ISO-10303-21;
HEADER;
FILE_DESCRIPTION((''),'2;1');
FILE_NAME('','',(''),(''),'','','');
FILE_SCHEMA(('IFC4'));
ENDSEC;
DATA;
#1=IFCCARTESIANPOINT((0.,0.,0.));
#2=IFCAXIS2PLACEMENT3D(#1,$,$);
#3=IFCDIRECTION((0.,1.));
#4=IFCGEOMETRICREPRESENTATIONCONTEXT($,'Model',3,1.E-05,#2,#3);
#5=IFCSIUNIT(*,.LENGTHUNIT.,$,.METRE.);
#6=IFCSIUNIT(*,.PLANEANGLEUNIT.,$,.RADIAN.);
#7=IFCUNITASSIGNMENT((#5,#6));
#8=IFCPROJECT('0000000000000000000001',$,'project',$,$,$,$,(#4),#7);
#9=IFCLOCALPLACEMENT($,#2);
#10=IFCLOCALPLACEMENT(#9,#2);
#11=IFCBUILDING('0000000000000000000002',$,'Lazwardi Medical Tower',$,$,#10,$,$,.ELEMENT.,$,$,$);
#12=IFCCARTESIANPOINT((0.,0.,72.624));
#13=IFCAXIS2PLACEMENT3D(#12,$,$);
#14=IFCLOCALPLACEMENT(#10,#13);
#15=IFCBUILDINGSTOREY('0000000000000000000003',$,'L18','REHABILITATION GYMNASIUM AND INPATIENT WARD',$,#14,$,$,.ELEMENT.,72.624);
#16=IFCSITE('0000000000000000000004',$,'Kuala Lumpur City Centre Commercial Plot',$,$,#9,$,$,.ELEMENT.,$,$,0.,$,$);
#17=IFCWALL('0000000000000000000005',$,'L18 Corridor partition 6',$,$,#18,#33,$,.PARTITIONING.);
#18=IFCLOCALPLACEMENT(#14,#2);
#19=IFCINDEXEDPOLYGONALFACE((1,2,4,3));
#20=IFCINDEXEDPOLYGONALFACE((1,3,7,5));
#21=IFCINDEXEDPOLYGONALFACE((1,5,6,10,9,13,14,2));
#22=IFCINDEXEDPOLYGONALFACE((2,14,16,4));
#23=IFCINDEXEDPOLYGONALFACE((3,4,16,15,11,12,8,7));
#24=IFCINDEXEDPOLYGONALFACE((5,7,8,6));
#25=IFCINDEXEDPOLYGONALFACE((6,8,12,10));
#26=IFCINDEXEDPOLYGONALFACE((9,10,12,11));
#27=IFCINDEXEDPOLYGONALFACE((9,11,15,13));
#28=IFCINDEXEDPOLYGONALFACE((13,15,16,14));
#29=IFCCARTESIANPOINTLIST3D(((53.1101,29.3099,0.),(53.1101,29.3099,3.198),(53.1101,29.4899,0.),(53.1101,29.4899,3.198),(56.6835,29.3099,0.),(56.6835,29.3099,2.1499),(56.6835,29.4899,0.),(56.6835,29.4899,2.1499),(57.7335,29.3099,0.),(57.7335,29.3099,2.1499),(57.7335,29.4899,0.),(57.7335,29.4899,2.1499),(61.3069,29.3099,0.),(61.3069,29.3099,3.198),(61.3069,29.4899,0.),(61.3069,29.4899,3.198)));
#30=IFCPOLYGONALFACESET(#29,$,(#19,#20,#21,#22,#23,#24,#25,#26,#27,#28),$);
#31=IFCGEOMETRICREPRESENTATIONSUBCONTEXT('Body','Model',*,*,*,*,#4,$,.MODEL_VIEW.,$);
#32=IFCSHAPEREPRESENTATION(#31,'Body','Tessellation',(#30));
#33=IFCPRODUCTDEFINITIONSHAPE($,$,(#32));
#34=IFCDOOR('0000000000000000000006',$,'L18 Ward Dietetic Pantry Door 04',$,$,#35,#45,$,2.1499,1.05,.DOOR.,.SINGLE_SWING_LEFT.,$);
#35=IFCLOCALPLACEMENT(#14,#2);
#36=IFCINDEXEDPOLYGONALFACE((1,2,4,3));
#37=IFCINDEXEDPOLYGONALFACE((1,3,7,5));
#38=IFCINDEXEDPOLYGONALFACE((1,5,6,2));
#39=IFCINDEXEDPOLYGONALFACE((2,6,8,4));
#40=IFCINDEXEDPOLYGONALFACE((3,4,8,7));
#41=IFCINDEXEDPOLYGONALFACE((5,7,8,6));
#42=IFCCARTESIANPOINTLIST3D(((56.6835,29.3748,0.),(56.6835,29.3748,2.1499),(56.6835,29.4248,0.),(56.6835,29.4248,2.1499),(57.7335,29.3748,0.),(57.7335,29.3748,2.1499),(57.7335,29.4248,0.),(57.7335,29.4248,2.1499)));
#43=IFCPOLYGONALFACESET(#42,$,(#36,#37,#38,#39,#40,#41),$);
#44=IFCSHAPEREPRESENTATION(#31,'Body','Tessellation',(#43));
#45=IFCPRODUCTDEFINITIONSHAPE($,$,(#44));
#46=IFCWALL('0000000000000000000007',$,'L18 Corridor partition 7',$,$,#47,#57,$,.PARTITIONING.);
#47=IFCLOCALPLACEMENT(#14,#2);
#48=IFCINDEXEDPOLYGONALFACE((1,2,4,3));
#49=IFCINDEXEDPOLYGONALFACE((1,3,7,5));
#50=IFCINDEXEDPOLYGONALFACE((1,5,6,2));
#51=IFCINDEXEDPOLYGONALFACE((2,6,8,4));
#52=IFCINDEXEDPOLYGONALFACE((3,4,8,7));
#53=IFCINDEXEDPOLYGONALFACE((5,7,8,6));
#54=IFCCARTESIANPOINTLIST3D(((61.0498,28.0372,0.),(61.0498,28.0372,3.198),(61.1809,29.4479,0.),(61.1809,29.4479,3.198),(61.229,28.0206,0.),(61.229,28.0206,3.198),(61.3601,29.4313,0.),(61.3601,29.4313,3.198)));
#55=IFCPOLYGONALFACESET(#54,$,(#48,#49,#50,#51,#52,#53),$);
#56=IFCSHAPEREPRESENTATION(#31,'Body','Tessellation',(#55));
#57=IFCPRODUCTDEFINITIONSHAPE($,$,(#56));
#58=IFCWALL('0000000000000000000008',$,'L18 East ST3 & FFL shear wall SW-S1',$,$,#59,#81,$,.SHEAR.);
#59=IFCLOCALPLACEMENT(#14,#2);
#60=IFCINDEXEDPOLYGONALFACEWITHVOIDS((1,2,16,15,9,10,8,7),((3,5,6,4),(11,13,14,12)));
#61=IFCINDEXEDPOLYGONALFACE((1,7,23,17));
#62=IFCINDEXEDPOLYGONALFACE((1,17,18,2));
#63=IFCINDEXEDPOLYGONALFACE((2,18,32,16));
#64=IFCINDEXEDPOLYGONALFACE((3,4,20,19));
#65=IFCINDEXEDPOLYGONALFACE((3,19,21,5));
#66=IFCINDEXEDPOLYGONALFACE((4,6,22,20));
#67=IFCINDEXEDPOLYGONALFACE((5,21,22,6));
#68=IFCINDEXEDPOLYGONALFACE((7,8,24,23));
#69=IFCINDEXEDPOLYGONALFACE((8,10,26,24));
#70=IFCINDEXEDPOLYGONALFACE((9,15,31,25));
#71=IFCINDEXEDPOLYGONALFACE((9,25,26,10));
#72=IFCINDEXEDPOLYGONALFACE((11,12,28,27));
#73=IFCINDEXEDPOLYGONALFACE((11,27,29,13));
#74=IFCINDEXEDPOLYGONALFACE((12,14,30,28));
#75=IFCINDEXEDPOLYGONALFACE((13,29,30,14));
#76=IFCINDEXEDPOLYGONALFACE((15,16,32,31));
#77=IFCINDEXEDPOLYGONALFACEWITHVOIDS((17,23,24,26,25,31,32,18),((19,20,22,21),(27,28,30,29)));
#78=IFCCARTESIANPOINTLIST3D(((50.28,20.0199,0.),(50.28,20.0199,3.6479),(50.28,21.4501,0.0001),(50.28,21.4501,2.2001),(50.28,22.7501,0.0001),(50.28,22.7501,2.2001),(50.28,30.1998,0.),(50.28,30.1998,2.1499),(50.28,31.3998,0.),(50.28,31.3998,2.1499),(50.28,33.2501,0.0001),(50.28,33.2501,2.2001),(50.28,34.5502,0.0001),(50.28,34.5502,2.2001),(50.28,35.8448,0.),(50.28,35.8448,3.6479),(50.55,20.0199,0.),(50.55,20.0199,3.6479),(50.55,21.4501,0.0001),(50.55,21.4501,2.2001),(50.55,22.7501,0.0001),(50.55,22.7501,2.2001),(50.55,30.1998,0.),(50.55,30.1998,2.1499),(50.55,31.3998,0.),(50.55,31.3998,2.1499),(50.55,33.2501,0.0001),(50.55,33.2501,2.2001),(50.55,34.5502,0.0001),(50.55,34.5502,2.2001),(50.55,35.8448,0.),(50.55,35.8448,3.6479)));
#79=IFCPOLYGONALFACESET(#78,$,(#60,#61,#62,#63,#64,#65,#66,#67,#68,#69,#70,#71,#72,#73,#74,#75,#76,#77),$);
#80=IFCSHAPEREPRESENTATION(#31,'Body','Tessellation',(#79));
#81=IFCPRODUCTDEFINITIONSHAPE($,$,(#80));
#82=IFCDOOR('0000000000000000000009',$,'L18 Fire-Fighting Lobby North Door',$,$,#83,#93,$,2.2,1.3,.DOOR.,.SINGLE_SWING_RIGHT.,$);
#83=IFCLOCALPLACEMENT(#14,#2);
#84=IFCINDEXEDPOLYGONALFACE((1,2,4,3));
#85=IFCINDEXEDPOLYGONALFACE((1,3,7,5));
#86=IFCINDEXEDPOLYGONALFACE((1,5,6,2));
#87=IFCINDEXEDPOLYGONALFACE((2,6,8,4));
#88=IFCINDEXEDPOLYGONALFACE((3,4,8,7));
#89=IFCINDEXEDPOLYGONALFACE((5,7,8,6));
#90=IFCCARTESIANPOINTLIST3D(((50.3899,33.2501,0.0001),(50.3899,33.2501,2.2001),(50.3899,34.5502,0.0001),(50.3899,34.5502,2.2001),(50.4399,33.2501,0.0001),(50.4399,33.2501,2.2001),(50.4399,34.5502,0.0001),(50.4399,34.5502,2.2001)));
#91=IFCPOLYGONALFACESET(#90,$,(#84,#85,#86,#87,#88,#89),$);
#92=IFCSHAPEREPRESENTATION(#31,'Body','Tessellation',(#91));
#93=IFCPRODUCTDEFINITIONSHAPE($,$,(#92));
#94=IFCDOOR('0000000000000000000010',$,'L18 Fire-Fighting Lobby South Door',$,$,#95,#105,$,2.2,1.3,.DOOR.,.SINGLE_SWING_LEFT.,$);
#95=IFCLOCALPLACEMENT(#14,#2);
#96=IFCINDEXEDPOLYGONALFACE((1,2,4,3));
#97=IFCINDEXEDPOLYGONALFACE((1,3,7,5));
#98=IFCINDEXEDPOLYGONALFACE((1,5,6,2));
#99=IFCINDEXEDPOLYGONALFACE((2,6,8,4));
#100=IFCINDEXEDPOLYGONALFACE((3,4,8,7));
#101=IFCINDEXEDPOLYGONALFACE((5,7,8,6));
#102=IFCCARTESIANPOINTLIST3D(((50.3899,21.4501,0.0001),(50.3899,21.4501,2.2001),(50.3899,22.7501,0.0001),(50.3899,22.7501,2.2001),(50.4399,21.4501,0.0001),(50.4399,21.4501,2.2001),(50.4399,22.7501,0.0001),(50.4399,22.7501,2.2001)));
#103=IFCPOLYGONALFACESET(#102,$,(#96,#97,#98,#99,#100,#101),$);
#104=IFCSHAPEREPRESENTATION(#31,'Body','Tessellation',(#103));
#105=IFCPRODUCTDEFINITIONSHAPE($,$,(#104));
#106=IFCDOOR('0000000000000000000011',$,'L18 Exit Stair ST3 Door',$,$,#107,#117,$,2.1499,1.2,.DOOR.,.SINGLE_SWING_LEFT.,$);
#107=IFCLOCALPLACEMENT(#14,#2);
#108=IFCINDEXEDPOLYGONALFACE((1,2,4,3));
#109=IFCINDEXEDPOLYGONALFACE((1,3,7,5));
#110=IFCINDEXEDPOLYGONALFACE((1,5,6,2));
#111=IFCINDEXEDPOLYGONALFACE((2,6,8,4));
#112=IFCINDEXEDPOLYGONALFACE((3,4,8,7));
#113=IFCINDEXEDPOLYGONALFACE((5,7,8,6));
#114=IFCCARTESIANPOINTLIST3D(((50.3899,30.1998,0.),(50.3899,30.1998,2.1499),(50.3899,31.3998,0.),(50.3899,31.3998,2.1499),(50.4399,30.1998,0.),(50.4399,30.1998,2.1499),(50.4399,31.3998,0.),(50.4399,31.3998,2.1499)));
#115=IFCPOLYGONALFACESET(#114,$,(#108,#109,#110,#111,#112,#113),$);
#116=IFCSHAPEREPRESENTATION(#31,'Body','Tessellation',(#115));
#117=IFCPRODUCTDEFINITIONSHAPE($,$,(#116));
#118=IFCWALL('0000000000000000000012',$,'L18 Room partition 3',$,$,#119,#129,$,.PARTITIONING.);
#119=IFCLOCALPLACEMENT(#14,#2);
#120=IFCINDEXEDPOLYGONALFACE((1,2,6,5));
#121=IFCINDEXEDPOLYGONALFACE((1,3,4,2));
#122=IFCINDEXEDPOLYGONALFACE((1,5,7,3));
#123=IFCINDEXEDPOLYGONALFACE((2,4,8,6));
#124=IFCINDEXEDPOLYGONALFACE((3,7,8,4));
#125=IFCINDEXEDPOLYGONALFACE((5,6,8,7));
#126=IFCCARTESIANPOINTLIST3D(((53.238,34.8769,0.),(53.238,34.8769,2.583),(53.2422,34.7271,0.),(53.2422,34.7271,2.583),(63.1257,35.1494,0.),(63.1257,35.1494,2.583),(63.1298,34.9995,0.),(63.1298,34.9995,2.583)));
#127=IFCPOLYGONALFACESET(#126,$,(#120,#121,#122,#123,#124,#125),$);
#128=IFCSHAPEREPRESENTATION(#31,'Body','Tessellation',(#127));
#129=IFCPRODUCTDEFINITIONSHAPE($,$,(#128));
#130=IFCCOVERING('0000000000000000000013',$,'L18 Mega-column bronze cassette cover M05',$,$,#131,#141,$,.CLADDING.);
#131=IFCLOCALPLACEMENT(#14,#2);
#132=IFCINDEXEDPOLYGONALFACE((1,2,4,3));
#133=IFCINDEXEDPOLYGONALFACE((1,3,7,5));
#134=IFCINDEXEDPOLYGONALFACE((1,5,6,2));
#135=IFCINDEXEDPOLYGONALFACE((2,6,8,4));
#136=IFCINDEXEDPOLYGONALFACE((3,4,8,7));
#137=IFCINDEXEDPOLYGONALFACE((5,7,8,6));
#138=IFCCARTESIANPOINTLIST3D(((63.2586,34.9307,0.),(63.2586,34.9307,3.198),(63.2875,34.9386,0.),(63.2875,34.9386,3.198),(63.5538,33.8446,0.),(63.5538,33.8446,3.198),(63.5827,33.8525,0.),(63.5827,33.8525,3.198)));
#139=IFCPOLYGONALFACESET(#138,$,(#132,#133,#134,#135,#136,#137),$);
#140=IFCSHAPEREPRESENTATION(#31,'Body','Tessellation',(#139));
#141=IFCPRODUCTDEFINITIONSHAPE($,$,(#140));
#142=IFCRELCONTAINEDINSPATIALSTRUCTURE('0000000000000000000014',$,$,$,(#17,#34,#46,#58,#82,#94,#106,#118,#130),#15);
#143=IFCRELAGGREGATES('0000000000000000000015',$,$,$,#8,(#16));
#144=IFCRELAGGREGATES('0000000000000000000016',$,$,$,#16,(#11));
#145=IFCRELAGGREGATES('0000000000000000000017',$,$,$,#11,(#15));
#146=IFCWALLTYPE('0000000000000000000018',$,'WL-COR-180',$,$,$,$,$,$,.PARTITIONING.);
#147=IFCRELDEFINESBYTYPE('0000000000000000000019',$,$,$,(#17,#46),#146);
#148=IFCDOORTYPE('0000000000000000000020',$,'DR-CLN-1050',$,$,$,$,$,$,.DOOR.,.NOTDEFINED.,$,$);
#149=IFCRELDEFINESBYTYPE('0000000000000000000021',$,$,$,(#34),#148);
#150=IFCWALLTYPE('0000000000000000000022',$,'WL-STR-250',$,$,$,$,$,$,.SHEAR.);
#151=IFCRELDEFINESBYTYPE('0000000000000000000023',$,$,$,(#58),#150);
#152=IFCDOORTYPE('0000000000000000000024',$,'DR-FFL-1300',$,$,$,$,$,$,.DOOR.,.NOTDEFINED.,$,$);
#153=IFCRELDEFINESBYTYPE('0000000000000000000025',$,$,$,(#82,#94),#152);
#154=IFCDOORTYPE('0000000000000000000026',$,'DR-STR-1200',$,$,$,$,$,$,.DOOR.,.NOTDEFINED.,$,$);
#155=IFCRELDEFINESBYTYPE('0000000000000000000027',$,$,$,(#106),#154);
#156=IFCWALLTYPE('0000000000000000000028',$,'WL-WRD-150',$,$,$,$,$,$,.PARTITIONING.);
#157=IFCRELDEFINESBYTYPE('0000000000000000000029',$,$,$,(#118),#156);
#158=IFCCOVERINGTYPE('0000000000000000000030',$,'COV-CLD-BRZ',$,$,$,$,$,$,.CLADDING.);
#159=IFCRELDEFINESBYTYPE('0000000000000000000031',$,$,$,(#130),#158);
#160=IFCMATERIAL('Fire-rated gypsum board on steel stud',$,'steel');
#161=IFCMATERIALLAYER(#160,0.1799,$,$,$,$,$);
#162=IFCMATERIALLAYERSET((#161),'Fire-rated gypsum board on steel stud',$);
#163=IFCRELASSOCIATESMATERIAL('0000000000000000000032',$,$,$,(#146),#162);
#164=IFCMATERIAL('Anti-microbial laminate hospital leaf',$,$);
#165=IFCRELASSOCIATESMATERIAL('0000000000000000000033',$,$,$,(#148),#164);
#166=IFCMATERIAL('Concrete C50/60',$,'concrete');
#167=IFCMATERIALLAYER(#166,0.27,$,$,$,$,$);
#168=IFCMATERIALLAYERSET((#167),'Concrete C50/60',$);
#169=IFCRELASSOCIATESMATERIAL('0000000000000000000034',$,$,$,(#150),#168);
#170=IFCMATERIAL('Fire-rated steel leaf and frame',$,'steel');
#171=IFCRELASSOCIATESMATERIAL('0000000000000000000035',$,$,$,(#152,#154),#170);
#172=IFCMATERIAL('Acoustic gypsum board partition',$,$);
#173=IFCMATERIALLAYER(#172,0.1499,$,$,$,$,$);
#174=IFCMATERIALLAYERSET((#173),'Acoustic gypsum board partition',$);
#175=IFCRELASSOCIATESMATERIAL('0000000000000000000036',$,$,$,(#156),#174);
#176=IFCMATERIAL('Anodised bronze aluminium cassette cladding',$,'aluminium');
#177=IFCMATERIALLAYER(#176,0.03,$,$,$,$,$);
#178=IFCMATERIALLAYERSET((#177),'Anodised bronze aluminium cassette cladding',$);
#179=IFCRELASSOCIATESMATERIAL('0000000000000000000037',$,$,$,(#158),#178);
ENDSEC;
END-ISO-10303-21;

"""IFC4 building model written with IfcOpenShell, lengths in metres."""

from ifc_helpers import new_model, si_unit, direction, frame, frame_2d, origin, origin_2d, place, context, subcontext, project, spatial, rectangle, extrude, material, layer, layer_set, type_object, element, fill, save


model = new_model("IFC4")

# Units and contexts
model_context = context("Model", 3, precision=1e-05, world=origin(), true_north=direction((0.0, 1.0)))
body_context = subcontext(model_context, "Body", "Model", "MODEL_VIEW")
ifc_project = project(units=[si_unit("LENGTHUNIT", "METRE"), si_unit("PLANEANGLEUNIT", "RADIAN")], contexts=[model_context])

# Site, building, storey
site_placement = place(None, origin())
site = spatial("IfcSite", under=ifc_project, at=site_placement, Name="Kuala Lumpur City Centre Commercial Plot", CompositionType="ELEMENT", RefElevation=0.0)
building_placement = place(site_placement, origin())
building = spatial("IfcBuilding", under=site, at=building_placement, Name="Lazwardi Medical Tower", CompositionType="ELEMENT")
storey_placement = place(building_placement, frame((0.0, 0.0, 72.624)))
storey = spatial("IfcBuildingStorey", under=building, at=storey_placement, Name="L18", Description="REHABILITATION GYMNASIUM AND INPATIENT WARD", CompositionType="ELEMENT", Elevation=72.624)

# Shared definitions
ifc_material_1 = material(Name="Fire-rated gypsum board on steel stud", Category="steel")
ifc_layer_1 = layer(ifc_material_1, 0.1799)
ifc_layer_set_1 = layer_set([ifc_layer_1], Name="Fire-rated gypsum board on steel stud")
wall_type_1 = type_object("IfcWallType", Name="WL-COR-180", PredefinedType="PARTITIONING", material=ifc_layer_set_1)

# Wall, opening, door
wall_1_placement = place(storey_placement, frame((53.1101, 29.3999, 0.0), z_axis=(0.0, 0.0, 1.0), x_axis=(1.0, 0.0, 0.0)))
wall_1 = element("IfcWall", 1, at=wall_1_placement, inside=storey, type_object=wall_type_1, Name="L18 Corridor partition 6", PredefinedType="PARTITIONING", context=body_context, shape_type="SweptSolid", body=[
    extrude(rectangle(XDim=8.1968, YDim=0.1799, at=frame_2d((4.0984, 0.0))), origin(), (0.0, 0.0, 1.0), 3.198),
])
opening_1_placement = place(wall_1_placement, frame((3.5735, 0.0, 0.0)))
opening_1 = element("IfcOpeningElement", 2, at=opening_1_placement, cuts=wall_1, PredefinedType="OPENING", context=body_context, shape_type="SweptSolid", body=[
    extrude(rectangle(XDim=1.05, YDim=2.1499, at=frame_2d((0.5249, 1.075))), frame((0.0, 0.0999, 0.0), z_axis=(0.0, -1.0, 0.0), x_axis=(1.0, 0.0, 0.0)), (0.0, 0.0, 1.0), 0.2),
])
ifc_material_2 = material(Name="Anti-microbial laminate hospital leaf")
door_type_1 = type_object("IfcDoorType", Name="DR-CLN-1050", OperationType="NOTDEFINED", PredefinedType="DOOR", material=ifc_material_2)
door_1_placement = place(opening_1_placement, origin())
door_1 = element("IfcDoor", 3, at=door_1_placement, inside=storey, type_object=door_type_1, Name="L18 Ward Dietetic Pantry Door 04", OperationType="SINGLE_SWING_LEFT", OverallHeight=2.1499, OverallWidth=1.05, PredefinedType="DOOR", context=body_context, shape_type="SweptSolid", body=[
    extrude(rectangle(XDim=1.05, YDim=2.1499, at=frame_2d((0.5249, 1.075))), frame((0.0, 0.0249, 0.0), z_axis=(0.0, -1.0, 0.0), x_axis=(1.0, 0.0, 0.0)), (0.0, 0.0, 1.0), 0.05),
])
fill(opening_1, door_1)

# Wall
wall_2_placement = place(storey_placement, frame((61.2705, 29.4397, 0.0), z_axis=(0.0, 0.0, 1.0), x_axis=(-0.09254, -0.995709, 0.0)))
element("IfcWall", 4, at=wall_2_placement, inside=storey, type_object=wall_type_1, Name="L18 Corridor partition 7", PredefinedType="PARTITIONING", context=body_context, shape_type="SweptSolid", body=[
    extrude(rectangle(XDim=1.4167, YDim=0.1799, at=frame_2d((0.7085, 0.0))), origin(), (0.0, 0.0, 1.0), 3.198),
])

# Wall, openings, doors
ifc_material_3 = material(Name="Concrete C50/60", Category="concrete")
ifc_layer_2 = layer(ifc_material_3, 0.27)
ifc_layer_set_2 = layer_set([ifc_layer_2], Name="Concrete C50/60")
wall_type_2 = type_object("IfcWallType", Name="WL-STR-250", PredefinedType="SHEAR", material=ifc_layer_set_2)
wall_3_placement = place(storey_placement, frame((50.415, 35.845, 0.0), z_axis=(0.0, 0.0, 1.0), x_axis=(0.0, -1.0, 0.0)))
wall_3 = element("IfcWall", 5, at=wall_3_placement, inside=storey, type_object=wall_type_2, Name="L18 East ST3 & FFL shear wall SW-S1", PredefinedType="SHEAR", context=body_context, shape_type="SweptSolid", body=[
    extrude(rectangle(XDim=15.825, YDim=0.27, at=frame_2d((7.9126, 0.0))), origin(), (0.0, 0.0, 1.0), 3.6479),
])
opening_2_placement = place(wall_3_placement, frame((4.4451, 0.0, 0.0)))
opening_2 = element("IfcOpeningElement", 6, at=opening_2_placement, cuts=wall_3, PredefinedType="OPENING", context=body_context, shape_type="SweptSolid", body=[
    extrude(rectangle(XDim=1.2, YDim=2.1499, at=frame_2d((0.6001, 1.075))), frame((0.0, 0.145, 0.0), z_axis=(0.0, -1.0, 0.0), x_axis=(1.0, 0.0, 0.0)), (0.0, 0.0, 1.0), 0.29),
])
opening_3_placement = place(wall_3_placement, frame((1.2949, 0.0, 0.0)))
opening_3 = element("IfcOpeningElement", 7, at=opening_3_placement, cuts=wall_3, PredefinedType="OPENING", context=body_context, shape_type="SweptSolid", body=[
    extrude(rectangle(XDim=1.3, YDim=2.2, at=frame_2d((0.6499, 1.1001))), frame((0.0, 0.145, 0.0), z_axis=(0.0, -1.0, 0.0), x_axis=(1.0, 0.0, 0.0)), (0.0, 0.0, 1.0), 0.29),
])
opening_4_placement = place(wall_3_placement, frame((13.095, 0.0, 0.0)))
opening_4 = element("IfcOpeningElement", 8, at=opening_4_placement, cuts=wall_3, PredefinedType="OPENING", context=body_context, shape_type="SweptSolid", body=[
    extrude(rectangle(XDim=1.3, YDim=2.2, at=frame_2d((0.6499, 1.1001))), frame((0.0, 0.145, 0.0), z_axis=(0.0, -1.0, 0.0), x_axis=(1.0, 0.0, 0.0)), (0.0, 0.0, 1.0), 0.29),
])
ifc_material_4 = material(Name="Fire-rated steel leaf and frame", Category="steel")
door_type_2 = type_object("IfcDoorType", Name="DR-FFL-1300", OperationType="NOTDEFINED", PredefinedType="DOOR", material=ifc_material_4)
door_2_placement = place(opening_3_placement, origin())
door_2 = element("IfcDoor", 9, at=door_2_placement, inside=storey, type_object=door_type_2, Name="L18 Fire-Fighting Lobby North Door", OperationType="SINGLE_SWING_RIGHT", OverallHeight=2.2, OverallWidth=1.3, PredefinedType="DOOR", context=body_context, shape_type="SweptSolid", body=[
    extrude(rectangle(XDim=1.3, YDim=2.2, at=frame_2d((0.6499, 1.1001))), frame((0.0, 0.0249, 0.0), z_axis=(0.0, -1.0, 0.0), x_axis=(1.0, 0.0, 0.0)), (0.0, 0.0, 1.0), 0.05),
])
fill(opening_3, door_2)
door_3_placement = place(opening_4_placement, origin())
door_3 = element("IfcDoor", 10, at=door_3_placement, inside=storey, type_object=door_type_2, Name="L18 Fire-Fighting Lobby South Door", OperationType="SINGLE_SWING_LEFT", OverallHeight=2.2, OverallWidth=1.3, PredefinedType="DOOR", context=body_context, shape_type="SweptSolid", body=[
    extrude(rectangle(XDim=1.3, YDim=2.2, at=frame_2d((0.6499, 1.1001))), frame((0.0, 0.0249, 0.0), z_axis=(0.0, -1.0, 0.0), x_axis=(1.0, 0.0, 0.0)), (0.0, 0.0, 1.0), 0.05),
])
fill(opening_4, door_3)
door_type_3 = type_object("IfcDoorType", Name="DR-STR-1200", OperationType="NOTDEFINED", PredefinedType="DOOR", material=ifc_material_4)
door_4_placement = place(opening_2_placement, origin())
door_4 = element("IfcDoor", 11, at=door_4_placement, inside=storey, type_object=door_type_3, Name="L18 Exit Stair ST3 Door", OperationType="SINGLE_SWING_LEFT", OverallHeight=2.1499, OverallWidth=1.2, PredefinedType="DOOR", context=body_context, shape_type="SweptSolid", body=[
    extrude(rectangle(XDim=1.2, YDim=2.1499, at=frame_2d((0.6001, 1.075))), frame((0.0, 0.0249, 0.0), z_axis=(0.0, -1.0, 0.0), x_axis=(1.0, 0.0, 0.0)), (0.0, 0.0, 1.0), 0.05),
])
fill(opening_2, door_4)

# Wall
ifc_material_5 = material(Name="Acoustic gypsum board partition")
ifc_layer_3 = layer(ifc_material_5, 0.1499)
ifc_layer_set_3 = layer_set([ifc_layer_3], Name="Acoustic gypsum board partition")
wall_type_3 = type_object("IfcWallType", Name="WL-WRD-150", PredefinedType="PARTITIONING", material=ifc_layer_set_3)
wall_4_placement = place(storey_placement, frame((53.24, 34.802, 0.0), z_axis=(0.0, 0.0, 1.0), x_axis=(0.999621, 0.027545, 0.0)))
element("IfcWall", 12, at=wall_4_placement, inside=storey, type_object=wall_type_3, Name="L18 Room partition 3", PredefinedType="PARTITIONING", context=body_context, shape_type="SweptSolid", body=[
    extrude(rectangle(XDim=9.8914, YDim=0.1499, at=frame_2d((4.9458, 0.0))), origin(), (0.0, 0.0, 1.0), 2.583),
])

# Covering
ifc_material_6 = material(Name="Anodised bronze aluminium cassette cladding", Category="aluminium")
ifc_layer_4 = layer(ifc_material_6, 0.03)
ifc_layer_set_4 = layer_set([ifc_layer_4], Name="Anodised bronze aluminium cassette cladding")
covering_type = type_object("IfcCoveringType", Name="COV-CLD-BRZ", PredefinedType="CLADDING", material=ifc_layer_set_4)
covering_placement = place(storey_placement, frame((63.4207, 34.3916, 0.0), z_axis=(0.0, 0.0, 1.0), x_axis=(-0.262283, 0.964991, 0.0)))
element("IfcCovering", 13, at=covering_placement, inside=storey, type_object=covering_type, Name="L18 Mega-column bronze cassette cover M05", PredefinedType="CLADDING", context=body_context, shape_type="SweptSolid", body=[
    extrude(rectangle(XDim=1.1255, YDim=0.03, at=origin_2d()), origin(), (0.0, 0.0, 1.0), 3.198),
])

save(model, "model.ifc")
